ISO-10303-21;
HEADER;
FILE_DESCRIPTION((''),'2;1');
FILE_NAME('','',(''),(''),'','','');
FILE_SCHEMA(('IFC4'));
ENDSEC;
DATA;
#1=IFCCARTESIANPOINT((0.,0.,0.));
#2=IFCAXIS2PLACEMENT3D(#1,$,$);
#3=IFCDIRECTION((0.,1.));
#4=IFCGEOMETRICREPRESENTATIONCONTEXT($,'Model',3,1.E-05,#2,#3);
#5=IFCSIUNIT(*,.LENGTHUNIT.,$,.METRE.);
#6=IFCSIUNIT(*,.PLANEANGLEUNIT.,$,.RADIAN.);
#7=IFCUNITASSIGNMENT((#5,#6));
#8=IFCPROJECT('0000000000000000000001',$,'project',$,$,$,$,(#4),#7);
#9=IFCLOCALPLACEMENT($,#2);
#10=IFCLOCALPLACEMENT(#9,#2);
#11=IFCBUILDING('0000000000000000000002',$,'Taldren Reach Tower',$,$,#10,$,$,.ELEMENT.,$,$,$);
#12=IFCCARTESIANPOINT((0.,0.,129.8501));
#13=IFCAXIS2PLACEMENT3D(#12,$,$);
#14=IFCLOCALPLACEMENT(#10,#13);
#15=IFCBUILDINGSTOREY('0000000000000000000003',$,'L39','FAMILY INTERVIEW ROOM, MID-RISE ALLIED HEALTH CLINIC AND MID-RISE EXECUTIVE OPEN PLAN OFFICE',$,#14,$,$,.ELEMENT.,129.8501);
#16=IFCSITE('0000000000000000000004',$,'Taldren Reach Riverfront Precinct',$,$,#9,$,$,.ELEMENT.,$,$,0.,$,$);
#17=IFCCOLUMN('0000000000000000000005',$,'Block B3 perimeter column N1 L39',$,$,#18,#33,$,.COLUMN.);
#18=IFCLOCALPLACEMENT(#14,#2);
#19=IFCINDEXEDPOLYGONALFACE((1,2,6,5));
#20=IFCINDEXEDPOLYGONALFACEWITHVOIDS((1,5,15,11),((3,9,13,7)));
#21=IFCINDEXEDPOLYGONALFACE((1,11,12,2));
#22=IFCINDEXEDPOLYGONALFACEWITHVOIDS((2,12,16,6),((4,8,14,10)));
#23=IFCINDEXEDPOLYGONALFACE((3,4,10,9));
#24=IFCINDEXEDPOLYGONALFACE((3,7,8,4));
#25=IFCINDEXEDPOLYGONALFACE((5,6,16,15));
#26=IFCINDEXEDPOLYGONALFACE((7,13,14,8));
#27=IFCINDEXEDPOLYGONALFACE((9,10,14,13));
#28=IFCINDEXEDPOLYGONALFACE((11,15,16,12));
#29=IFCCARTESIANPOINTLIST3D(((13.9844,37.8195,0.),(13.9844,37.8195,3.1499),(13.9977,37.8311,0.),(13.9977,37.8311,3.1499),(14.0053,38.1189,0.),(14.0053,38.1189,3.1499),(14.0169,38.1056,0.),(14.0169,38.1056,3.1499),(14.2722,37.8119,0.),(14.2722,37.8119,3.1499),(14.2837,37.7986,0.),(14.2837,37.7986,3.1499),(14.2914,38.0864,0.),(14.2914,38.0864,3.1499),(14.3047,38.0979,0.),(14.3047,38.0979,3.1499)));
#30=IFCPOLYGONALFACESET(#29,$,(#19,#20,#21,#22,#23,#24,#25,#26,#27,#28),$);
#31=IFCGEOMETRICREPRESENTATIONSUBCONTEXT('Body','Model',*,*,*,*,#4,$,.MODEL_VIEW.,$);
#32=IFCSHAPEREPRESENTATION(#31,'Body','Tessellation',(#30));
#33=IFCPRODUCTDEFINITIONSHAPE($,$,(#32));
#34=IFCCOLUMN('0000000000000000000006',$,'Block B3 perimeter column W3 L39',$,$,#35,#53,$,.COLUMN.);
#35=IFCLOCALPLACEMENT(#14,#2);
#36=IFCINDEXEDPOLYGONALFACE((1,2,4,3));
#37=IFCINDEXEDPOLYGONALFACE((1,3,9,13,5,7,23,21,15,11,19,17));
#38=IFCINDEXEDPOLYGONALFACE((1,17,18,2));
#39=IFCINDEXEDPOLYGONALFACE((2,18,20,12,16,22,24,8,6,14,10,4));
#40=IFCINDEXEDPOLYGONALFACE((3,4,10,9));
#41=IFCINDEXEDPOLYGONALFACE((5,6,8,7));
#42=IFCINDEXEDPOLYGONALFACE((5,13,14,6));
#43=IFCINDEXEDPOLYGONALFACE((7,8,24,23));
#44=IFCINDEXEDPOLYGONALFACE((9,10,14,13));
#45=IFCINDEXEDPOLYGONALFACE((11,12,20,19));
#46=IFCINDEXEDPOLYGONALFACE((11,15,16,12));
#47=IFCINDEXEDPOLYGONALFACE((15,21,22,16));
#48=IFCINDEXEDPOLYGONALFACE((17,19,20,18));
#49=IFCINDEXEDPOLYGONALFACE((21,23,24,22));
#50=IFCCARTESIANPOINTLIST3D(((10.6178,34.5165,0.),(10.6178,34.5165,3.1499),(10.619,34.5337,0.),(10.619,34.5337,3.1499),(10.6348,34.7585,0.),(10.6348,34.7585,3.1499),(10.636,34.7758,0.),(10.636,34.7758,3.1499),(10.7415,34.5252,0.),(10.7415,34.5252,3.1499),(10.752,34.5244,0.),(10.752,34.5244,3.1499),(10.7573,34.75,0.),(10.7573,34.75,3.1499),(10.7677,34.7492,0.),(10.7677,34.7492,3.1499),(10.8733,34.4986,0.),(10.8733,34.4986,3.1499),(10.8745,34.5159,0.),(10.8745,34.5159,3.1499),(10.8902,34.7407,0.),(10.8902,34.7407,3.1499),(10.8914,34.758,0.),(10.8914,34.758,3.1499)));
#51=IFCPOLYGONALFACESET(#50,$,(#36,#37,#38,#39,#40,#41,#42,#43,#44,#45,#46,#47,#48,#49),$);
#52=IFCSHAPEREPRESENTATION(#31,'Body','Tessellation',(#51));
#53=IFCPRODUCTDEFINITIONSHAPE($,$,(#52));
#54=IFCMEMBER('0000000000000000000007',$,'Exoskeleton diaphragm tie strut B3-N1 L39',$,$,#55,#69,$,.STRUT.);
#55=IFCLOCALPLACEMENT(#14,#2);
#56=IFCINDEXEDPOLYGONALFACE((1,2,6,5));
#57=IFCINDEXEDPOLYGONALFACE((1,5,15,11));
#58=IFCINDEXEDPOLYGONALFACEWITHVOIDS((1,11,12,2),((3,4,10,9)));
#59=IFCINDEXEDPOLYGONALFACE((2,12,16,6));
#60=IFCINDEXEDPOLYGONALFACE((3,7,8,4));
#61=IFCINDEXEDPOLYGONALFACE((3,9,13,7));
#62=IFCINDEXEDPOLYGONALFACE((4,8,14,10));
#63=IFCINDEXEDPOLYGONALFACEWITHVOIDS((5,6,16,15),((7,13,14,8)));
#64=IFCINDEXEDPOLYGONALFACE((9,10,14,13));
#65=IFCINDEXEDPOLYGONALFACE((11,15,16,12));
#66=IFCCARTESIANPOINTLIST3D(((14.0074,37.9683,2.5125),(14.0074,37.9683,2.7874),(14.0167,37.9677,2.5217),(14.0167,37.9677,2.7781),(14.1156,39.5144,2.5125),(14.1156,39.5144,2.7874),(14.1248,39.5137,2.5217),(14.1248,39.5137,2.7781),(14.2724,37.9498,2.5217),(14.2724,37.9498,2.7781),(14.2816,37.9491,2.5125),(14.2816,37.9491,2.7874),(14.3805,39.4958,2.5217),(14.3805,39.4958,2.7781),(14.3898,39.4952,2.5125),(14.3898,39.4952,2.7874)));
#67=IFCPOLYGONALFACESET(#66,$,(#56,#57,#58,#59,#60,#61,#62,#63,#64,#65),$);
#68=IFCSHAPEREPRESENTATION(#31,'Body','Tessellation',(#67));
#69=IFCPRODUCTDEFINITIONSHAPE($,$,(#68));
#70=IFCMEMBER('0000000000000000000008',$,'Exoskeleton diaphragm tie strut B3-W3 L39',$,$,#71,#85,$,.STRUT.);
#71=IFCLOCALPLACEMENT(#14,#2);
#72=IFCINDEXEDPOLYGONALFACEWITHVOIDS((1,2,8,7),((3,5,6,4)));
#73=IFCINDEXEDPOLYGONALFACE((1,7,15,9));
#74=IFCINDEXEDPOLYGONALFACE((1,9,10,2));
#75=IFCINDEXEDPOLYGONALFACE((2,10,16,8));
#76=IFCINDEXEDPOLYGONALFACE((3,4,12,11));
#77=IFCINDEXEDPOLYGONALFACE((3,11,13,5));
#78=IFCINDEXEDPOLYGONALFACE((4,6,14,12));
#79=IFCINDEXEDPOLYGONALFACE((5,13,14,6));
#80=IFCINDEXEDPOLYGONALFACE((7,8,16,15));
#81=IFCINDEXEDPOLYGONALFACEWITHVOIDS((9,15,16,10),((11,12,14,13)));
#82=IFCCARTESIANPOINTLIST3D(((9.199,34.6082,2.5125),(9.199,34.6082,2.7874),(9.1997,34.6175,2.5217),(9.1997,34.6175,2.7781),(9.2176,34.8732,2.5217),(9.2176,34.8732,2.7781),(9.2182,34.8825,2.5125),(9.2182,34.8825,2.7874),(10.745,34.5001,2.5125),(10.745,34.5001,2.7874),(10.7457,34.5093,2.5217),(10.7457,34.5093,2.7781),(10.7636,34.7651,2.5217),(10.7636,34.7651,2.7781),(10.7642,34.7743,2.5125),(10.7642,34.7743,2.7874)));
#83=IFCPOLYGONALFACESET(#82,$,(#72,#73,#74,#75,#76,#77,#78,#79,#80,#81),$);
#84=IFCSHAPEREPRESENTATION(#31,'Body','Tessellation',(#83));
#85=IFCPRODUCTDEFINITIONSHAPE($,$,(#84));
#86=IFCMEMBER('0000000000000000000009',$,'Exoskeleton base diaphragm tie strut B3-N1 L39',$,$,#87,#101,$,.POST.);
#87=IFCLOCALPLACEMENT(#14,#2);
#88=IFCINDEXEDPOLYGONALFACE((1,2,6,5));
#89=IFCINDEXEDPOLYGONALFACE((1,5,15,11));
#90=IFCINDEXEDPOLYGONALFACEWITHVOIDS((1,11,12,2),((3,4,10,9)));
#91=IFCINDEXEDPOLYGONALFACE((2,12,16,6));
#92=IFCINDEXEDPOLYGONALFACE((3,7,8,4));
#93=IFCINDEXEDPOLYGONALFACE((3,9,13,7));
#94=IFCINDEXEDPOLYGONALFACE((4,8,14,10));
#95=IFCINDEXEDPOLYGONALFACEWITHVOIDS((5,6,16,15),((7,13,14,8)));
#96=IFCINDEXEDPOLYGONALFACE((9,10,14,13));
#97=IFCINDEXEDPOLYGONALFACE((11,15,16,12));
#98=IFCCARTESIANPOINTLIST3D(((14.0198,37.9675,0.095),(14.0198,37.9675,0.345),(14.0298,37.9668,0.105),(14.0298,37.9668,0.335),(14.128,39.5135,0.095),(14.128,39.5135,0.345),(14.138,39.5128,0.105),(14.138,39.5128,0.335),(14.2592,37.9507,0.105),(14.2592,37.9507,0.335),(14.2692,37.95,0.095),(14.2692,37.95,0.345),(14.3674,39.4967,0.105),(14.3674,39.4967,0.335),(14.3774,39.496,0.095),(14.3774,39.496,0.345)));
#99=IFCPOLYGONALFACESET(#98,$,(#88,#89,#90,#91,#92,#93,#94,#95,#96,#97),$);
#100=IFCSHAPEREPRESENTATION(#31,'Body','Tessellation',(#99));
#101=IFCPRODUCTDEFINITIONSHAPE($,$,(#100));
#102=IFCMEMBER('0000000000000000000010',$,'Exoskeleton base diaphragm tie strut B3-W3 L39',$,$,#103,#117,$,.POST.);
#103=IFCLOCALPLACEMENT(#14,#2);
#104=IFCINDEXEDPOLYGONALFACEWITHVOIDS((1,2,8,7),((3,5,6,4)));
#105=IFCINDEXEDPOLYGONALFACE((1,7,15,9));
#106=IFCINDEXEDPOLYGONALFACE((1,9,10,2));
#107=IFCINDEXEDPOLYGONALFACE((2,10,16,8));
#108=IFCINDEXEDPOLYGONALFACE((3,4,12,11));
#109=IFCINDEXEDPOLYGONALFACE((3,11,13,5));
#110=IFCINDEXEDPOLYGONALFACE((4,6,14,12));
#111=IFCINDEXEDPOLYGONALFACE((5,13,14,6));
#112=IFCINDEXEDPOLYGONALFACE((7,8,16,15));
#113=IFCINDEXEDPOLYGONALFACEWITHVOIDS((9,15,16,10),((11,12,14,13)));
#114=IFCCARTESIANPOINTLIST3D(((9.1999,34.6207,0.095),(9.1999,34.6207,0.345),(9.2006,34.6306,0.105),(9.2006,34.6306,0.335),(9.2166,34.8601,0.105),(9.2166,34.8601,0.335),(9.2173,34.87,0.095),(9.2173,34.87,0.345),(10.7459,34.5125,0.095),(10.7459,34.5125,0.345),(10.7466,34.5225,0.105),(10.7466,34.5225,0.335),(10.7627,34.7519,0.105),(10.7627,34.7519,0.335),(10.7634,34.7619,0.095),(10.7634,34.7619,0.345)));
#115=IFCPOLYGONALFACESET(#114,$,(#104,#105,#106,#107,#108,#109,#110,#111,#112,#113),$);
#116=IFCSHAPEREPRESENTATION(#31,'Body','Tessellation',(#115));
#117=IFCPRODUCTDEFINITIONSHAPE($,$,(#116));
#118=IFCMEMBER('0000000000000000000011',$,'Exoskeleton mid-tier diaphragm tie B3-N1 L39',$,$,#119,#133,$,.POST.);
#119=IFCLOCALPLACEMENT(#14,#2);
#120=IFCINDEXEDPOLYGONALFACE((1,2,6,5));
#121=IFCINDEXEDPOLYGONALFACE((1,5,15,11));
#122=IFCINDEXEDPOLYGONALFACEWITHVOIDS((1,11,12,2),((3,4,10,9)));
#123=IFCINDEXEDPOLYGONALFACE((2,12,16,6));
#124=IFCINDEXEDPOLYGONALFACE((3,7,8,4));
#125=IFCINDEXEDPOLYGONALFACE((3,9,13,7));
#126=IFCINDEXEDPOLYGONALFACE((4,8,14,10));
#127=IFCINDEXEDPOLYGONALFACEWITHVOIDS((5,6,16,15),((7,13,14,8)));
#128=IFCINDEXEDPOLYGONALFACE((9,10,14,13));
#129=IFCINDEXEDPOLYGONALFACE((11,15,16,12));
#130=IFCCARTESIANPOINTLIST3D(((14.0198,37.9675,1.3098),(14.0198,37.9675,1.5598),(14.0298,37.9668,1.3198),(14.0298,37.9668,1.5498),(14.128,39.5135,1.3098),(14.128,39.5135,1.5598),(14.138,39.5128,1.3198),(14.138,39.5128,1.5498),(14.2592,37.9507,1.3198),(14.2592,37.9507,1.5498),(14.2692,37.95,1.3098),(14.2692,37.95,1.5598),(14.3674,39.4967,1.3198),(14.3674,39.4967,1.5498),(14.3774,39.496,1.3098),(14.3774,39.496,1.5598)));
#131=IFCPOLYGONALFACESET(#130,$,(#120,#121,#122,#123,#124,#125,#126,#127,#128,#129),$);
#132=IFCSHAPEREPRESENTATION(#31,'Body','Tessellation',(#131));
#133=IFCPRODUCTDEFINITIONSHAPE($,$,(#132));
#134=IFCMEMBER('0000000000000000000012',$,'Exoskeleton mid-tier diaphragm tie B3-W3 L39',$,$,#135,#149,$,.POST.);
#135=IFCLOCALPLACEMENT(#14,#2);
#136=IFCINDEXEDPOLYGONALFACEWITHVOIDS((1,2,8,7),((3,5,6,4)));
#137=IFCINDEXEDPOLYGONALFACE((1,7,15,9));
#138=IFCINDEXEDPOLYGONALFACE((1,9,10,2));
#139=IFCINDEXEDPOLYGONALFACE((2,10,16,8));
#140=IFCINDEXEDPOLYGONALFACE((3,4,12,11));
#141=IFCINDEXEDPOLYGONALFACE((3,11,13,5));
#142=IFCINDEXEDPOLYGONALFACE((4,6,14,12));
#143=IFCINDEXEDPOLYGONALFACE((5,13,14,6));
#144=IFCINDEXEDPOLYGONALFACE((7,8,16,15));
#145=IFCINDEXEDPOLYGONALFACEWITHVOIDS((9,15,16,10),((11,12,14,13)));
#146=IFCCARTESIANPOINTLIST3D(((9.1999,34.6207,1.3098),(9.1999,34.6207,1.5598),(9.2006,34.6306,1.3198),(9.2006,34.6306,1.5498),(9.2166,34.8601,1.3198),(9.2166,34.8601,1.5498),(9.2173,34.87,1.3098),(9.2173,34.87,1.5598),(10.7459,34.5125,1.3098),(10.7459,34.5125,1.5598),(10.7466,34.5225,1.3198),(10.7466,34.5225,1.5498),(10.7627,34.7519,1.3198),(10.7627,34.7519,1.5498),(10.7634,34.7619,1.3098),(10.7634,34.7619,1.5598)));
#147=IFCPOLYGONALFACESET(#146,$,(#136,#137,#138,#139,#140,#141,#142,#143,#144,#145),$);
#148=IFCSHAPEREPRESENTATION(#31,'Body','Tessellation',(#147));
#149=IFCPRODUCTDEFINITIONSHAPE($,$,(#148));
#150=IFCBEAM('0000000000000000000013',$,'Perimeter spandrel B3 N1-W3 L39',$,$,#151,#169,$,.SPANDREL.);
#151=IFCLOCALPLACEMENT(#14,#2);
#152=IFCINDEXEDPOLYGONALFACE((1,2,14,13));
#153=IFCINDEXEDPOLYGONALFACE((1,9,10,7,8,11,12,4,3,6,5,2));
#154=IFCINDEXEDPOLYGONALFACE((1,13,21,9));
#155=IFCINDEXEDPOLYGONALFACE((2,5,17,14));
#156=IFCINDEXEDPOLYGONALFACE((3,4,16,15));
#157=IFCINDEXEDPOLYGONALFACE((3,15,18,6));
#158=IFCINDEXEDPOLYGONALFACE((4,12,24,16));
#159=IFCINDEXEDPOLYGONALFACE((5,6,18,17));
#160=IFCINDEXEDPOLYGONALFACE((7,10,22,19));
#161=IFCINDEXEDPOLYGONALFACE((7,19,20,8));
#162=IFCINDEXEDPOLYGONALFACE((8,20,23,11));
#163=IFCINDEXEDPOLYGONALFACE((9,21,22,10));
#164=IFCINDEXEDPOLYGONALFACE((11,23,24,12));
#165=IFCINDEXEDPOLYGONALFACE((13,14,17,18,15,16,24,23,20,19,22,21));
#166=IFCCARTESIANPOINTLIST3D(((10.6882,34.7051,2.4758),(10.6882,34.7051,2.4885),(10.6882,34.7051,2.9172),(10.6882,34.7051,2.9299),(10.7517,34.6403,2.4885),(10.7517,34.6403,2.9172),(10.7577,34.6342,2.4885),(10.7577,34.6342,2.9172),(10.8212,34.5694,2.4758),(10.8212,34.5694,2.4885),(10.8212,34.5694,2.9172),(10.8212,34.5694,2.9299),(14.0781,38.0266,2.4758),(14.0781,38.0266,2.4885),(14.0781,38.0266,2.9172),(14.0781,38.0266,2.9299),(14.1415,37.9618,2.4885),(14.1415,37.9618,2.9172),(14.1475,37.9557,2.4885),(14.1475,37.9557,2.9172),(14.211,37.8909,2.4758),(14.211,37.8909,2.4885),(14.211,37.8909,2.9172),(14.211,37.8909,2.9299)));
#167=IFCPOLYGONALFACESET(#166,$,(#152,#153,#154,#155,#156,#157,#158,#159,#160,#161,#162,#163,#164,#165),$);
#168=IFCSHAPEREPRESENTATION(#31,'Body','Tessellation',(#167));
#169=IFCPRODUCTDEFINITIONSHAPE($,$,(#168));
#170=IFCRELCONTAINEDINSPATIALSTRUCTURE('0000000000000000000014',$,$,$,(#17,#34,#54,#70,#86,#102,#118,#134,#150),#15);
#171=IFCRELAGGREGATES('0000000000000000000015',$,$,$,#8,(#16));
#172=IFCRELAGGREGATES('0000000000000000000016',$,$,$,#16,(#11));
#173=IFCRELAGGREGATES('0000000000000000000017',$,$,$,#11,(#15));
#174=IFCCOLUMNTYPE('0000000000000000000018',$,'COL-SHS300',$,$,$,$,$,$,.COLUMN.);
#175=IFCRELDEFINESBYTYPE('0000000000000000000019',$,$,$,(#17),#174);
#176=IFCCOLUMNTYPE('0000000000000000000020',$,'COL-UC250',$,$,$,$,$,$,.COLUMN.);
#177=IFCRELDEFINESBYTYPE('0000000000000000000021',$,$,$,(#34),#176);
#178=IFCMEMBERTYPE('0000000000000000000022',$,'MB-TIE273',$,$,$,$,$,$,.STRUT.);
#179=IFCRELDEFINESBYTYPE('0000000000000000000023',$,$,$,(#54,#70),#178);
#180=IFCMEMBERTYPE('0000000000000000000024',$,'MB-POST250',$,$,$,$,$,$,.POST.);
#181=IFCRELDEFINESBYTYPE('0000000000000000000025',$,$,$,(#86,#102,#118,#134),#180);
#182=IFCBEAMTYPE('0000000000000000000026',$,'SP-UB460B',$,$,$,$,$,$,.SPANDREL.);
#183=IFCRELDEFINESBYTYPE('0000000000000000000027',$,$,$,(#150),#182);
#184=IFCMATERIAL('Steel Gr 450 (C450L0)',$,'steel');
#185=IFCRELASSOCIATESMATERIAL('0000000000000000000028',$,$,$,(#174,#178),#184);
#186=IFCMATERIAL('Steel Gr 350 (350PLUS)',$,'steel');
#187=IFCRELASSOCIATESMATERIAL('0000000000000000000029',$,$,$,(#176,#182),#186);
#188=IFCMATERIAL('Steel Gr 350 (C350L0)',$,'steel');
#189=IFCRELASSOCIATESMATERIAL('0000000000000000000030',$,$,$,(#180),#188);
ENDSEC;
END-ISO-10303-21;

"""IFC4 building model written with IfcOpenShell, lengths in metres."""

from ifc_helpers import new_model, si_unit, direction, frame, origin, origin_2d, place, context, subcontext, project, spatial, hollow_rectangle, i_section, extrude, source, transform, mapped, material, material_profile, profile_set, type_object, element, save


model = new_model("IFC4")

# Units and contexts
model_context = context("Model", 3, precision=1e-05, world=origin(), true_north=direction((0.0, 1.0)))
body_context = subcontext(model_context, "Body", "Model", "MODEL_VIEW")
ifc_project = project(units=[si_unit("LENGTHUNIT", "METRE"), si_unit("PLANEANGLEUNIT", "RADIAN")], contexts=[model_context])

# Site, building, storey
site_placement = place(None, origin())
site = spatial("IfcSite", under=ifc_project, at=site_placement, Name="Taldren Reach Riverfront Precinct", CompositionType="ELEMENT", RefElevation=0.0)
building_placement = place(site_placement, origin())
building = spatial("IfcBuilding", under=site, at=building_placement, Name="Taldren Reach Tower", CompositionType="ELEMENT")
storey_placement = place(building_placement, frame((0.0, 0.0, 129.8501)))
storey = spatial("IfcBuildingStorey", under=building, at=storey_placement, Name="L39", Description="FAMILY INTERVIEW ROOM, MID-RISE ALLIED HEALTH CLINIC AND MID-RISE EXECUTIVE OPEN PLAN OFFICE", CompositionType="ELEMENT", Elevation=129.8501)

# Columns
ifc_material_1 = material(Name="Steel Gr 450 (C450L0)", Category="steel")
ifc_material_profile_1 = material_profile(ifc_material_1, hollow_rectangle(XDim=0.3, YDim=0.3, WallThickness=0.0125, at=origin_2d()), Name="300x300x12.5SHS")
ifc_profile_set_1 = profile_set([ifc_material_profile_1], Name="Steel Gr 450 (C450L0)")
column_type_1 = type_object("IfcColumnType", Name="COL-SHS300", PredefinedType="COLUMN", material=ifc_profile_set_1)
shared_shape_1 = source(origin(), body_context, "Body", "SweptSolid", [
    extrude(hollow_rectangle(XDim=0.3, YDim=0.3, WallThickness=0.0125, at=origin_2d()), origin(), (0.0, 0.0, 1.0), 3.1499),
])
column_1_placement = place(storey_placement, frame((14.1445, 37.9587, 0.0), z_axis=(0.0, 0.0, 1.0), x_axis=(0.997564, -0.069756, 0.0)))
element("IfcColumn", 1, at=column_1_placement, inside=storey, type_object=column_type_1, Name="Block B3 perimeter column N1 L39", PredefinedType="COLUMN", context=body_context, shape_type="MappedRepresentation", body=[
    mapped(shared_shape_1, transform((0.0, 0.0, 0.0), scale=1.0)),
])
ifc_material_2 = material(Name="Steel Gr 350 (350PLUS)", Category="steel")
ifc_material_profile_2 = material_profile(ifc_material_2, i_section(OverallWidth=0.2561, OverallDepth=0.26, WebThickness=0.0105, FlangeThickness=0.0173, at=origin_2d()), Name="250UC89.5")
ifc_profile_set_2 = profile_set([ifc_material_profile_2], Name="Steel Gr 350 (350PLUS)")
column_type_2 = type_object("IfcColumnType", Name="COL-UC250", PredefinedType="COLUMN", material=ifc_profile_set_2)
shared_shape_2 = source(origin(), body_context, "Body", "SweptSolid", [
    extrude(i_section(OverallWidth=0.2561, OverallDepth=0.26, WebThickness=0.0105, FlangeThickness=0.0173, at=origin_2d()), origin(), (0.0, 0.0, 1.0), 3.1499),
])
column_2_placement = place(storey_placement, frame((10.7546, 34.6372, 0.0), z_axis=(0.0, 0.0, 1.0), x_axis=(0.997564, -0.069756, 0.0)))
element("IfcColumn", 2, at=column_2_placement, inside=storey, type_object=column_type_2, Name="Block B3 perimeter column W3 L39", PredefinedType="COLUMN", context=body_context, shape_type="MappedRepresentation", body=[
    mapped(shared_shape_2, transform((0.0, 0.0, 0.0), scale=1.0)),
])

# Members
ifc_material_profile_3 = material_profile(ifc_material_1, hollow_rectangle(XDim=0.2749, YDim=0.2749, WallThickness=0.0093, at=origin_2d()), Name="275x275x9.3SHS")
ifc_profile_set_3 = profile_set([ifc_material_profile_3], Name="Steel Gr 450 (C450L0)")
member_type_1 = type_object("IfcMemberType", Name="MB-TIE273", PredefinedType="STRUT", material=ifc_profile_set_3)
shared_shape_3 = source(origin(), body_context, "Body", "SweptSolid", [
    extrude(hollow_rectangle(XDim=0.2749, YDim=0.2749, WallThickness=0.0093, at=origin_2d()), origin(), (0.0, 0.0, 1.0), 1.5498),
])
for number, where, z_axis, x_axis, name in (
    (3, (14.1445, 37.9587, 2.6499), (0.069781, 0.997562, 0.0), (-0.997562, 0.069781, 0.0), "Exoskeleton diaphragm tie strut B3-N1 L39"),
    (4, (10.7546, 34.6372, 2.6499), (-0.997562, 0.069781, 0.0), (-0.069781, -0.997562, 0.0), "Exoskeleton diaphragm tie strut B3-W3 L39"),
):
    element("IfcMember", number, at=place(storey_placement, frame(where, z_axis=z_axis, x_axis=x_axis)), inside=storey, type_object=member_type_1, Name=name, PredefinedType="STRUT", context=body_context, shape_type="MappedRepresentation", body=[
        mapped(shared_shape_3, transform((0.0, 0.0, 0.0), scale=1.0)),
    ])
ifc_material_3 = material(Name="Steel Gr 350 (C350L0)", Category="steel")
ifc_material_profile_4 = material_profile(ifc_material_3, hollow_rectangle(XDim=0.25, YDim=0.25, WallThickness=0.01, at=origin_2d()), Name="250x250x10.0SHS")
ifc_profile_set_4 = profile_set([ifc_material_profile_4], Name="Steel Gr 350 (C350L0)")
member_type_2 = type_object("IfcMemberType", Name="MB-POST250", PredefinedType="POST", material=ifc_profile_set_4)
shared_shape_4 = source(origin(), body_context, "Body", "SweptSolid", [
    extrude(hollow_rectangle(XDim=0.25, YDim=0.25, WallThickness=0.01, at=origin_2d()), origin(), (0.0, 0.0, 1.0), 1.5498),
])
for number, where, z_axis, x_axis, name in (
    (5, (14.1445, 37.9587, 0.22), (0.069781, 0.997562, 0.0), (-0.997562, 0.069781, 0.0), "Exoskeleton base diaphragm tie strut B3-N1 L39"),
    (6, (10.7546, 34.6372, 0.22), (-0.997562, 0.069781, 0.0), (-0.069781, -0.997562, 0.0), "Exoskeleton base diaphragm tie strut B3-W3 L39"),
    (7, (14.1445, 37.9587, 1.4348), (0.069781, 0.997562, 0.0), (-0.997562, 0.069781, 0.0), "Exoskeleton mid-tier diaphragm tie B3-N1 L39"),
    (8, (10.7546, 34.6372, 1.4348), (-0.997562, 0.069781, 0.0), (-0.069781, -0.997562, 0.0), "Exoskeleton mid-tier diaphragm tie B3-W3 L39"),
):
    element("IfcMember", number, at=place(storey_placement, frame(where, z_axis=z_axis, x_axis=x_axis)), inside=storey, type_object=member_type_2, Name=name, PredefinedType="POST", context=body_context, shape_type="MappedRepresentation", body=[
        mapped(shared_shape_4, transform((0.0, 0.0, 0.0), scale=1.0)),
    ])

# Beam
ifc_material_profile_5 = material_profile(ifc_material_2, i_section(OverallWidth=0.1899, OverallDepth=0.4541, WebThickness=0.0085, FlangeThickness=0.0127, at=origin_2d()), Name="460UB67.1")
ifc_profile_set_5 = profile_set([ifc_material_profile_5], Name="Steel Gr 350 (350PLUS)")
beam_type_1 = type_object("IfcBeamType", Name="SP-UB460B", PredefinedType="SPANDREL", material=ifc_profile_set_5)
shared_shape_5 = source(origin(), body_context, "Body", "SweptSolid", [
    extrude(i_section(OverallWidth=0.1899, OverallDepth=0.4541, WebThickness=0.0085, FlangeThickness=0.0127, at=origin_2d()), origin(), (0.0, 0.0, 1.0), 4.7458),
])
beam_1_placement = place(storey_placement, frame((14.1445, 37.9587, 2.7029), z_axis=(-0.714272, -0.699868, 0.0), x_axis=(0.699868, -0.714272, 0.0)))
element("IfcBeam", 9, at=beam_1_placement, inside=storey, type_object=beam_type_1, Name="Perimeter spandrel B3 N1-W3 L39", PredefinedType="SPANDREL", context=body_context, shape_type="MappedRepresentation", body=[
    mapped(shared_shape_5, transform((0.0, 0.0, 0.0), scale=1.0)),
])

save(model, "model.ifc")
